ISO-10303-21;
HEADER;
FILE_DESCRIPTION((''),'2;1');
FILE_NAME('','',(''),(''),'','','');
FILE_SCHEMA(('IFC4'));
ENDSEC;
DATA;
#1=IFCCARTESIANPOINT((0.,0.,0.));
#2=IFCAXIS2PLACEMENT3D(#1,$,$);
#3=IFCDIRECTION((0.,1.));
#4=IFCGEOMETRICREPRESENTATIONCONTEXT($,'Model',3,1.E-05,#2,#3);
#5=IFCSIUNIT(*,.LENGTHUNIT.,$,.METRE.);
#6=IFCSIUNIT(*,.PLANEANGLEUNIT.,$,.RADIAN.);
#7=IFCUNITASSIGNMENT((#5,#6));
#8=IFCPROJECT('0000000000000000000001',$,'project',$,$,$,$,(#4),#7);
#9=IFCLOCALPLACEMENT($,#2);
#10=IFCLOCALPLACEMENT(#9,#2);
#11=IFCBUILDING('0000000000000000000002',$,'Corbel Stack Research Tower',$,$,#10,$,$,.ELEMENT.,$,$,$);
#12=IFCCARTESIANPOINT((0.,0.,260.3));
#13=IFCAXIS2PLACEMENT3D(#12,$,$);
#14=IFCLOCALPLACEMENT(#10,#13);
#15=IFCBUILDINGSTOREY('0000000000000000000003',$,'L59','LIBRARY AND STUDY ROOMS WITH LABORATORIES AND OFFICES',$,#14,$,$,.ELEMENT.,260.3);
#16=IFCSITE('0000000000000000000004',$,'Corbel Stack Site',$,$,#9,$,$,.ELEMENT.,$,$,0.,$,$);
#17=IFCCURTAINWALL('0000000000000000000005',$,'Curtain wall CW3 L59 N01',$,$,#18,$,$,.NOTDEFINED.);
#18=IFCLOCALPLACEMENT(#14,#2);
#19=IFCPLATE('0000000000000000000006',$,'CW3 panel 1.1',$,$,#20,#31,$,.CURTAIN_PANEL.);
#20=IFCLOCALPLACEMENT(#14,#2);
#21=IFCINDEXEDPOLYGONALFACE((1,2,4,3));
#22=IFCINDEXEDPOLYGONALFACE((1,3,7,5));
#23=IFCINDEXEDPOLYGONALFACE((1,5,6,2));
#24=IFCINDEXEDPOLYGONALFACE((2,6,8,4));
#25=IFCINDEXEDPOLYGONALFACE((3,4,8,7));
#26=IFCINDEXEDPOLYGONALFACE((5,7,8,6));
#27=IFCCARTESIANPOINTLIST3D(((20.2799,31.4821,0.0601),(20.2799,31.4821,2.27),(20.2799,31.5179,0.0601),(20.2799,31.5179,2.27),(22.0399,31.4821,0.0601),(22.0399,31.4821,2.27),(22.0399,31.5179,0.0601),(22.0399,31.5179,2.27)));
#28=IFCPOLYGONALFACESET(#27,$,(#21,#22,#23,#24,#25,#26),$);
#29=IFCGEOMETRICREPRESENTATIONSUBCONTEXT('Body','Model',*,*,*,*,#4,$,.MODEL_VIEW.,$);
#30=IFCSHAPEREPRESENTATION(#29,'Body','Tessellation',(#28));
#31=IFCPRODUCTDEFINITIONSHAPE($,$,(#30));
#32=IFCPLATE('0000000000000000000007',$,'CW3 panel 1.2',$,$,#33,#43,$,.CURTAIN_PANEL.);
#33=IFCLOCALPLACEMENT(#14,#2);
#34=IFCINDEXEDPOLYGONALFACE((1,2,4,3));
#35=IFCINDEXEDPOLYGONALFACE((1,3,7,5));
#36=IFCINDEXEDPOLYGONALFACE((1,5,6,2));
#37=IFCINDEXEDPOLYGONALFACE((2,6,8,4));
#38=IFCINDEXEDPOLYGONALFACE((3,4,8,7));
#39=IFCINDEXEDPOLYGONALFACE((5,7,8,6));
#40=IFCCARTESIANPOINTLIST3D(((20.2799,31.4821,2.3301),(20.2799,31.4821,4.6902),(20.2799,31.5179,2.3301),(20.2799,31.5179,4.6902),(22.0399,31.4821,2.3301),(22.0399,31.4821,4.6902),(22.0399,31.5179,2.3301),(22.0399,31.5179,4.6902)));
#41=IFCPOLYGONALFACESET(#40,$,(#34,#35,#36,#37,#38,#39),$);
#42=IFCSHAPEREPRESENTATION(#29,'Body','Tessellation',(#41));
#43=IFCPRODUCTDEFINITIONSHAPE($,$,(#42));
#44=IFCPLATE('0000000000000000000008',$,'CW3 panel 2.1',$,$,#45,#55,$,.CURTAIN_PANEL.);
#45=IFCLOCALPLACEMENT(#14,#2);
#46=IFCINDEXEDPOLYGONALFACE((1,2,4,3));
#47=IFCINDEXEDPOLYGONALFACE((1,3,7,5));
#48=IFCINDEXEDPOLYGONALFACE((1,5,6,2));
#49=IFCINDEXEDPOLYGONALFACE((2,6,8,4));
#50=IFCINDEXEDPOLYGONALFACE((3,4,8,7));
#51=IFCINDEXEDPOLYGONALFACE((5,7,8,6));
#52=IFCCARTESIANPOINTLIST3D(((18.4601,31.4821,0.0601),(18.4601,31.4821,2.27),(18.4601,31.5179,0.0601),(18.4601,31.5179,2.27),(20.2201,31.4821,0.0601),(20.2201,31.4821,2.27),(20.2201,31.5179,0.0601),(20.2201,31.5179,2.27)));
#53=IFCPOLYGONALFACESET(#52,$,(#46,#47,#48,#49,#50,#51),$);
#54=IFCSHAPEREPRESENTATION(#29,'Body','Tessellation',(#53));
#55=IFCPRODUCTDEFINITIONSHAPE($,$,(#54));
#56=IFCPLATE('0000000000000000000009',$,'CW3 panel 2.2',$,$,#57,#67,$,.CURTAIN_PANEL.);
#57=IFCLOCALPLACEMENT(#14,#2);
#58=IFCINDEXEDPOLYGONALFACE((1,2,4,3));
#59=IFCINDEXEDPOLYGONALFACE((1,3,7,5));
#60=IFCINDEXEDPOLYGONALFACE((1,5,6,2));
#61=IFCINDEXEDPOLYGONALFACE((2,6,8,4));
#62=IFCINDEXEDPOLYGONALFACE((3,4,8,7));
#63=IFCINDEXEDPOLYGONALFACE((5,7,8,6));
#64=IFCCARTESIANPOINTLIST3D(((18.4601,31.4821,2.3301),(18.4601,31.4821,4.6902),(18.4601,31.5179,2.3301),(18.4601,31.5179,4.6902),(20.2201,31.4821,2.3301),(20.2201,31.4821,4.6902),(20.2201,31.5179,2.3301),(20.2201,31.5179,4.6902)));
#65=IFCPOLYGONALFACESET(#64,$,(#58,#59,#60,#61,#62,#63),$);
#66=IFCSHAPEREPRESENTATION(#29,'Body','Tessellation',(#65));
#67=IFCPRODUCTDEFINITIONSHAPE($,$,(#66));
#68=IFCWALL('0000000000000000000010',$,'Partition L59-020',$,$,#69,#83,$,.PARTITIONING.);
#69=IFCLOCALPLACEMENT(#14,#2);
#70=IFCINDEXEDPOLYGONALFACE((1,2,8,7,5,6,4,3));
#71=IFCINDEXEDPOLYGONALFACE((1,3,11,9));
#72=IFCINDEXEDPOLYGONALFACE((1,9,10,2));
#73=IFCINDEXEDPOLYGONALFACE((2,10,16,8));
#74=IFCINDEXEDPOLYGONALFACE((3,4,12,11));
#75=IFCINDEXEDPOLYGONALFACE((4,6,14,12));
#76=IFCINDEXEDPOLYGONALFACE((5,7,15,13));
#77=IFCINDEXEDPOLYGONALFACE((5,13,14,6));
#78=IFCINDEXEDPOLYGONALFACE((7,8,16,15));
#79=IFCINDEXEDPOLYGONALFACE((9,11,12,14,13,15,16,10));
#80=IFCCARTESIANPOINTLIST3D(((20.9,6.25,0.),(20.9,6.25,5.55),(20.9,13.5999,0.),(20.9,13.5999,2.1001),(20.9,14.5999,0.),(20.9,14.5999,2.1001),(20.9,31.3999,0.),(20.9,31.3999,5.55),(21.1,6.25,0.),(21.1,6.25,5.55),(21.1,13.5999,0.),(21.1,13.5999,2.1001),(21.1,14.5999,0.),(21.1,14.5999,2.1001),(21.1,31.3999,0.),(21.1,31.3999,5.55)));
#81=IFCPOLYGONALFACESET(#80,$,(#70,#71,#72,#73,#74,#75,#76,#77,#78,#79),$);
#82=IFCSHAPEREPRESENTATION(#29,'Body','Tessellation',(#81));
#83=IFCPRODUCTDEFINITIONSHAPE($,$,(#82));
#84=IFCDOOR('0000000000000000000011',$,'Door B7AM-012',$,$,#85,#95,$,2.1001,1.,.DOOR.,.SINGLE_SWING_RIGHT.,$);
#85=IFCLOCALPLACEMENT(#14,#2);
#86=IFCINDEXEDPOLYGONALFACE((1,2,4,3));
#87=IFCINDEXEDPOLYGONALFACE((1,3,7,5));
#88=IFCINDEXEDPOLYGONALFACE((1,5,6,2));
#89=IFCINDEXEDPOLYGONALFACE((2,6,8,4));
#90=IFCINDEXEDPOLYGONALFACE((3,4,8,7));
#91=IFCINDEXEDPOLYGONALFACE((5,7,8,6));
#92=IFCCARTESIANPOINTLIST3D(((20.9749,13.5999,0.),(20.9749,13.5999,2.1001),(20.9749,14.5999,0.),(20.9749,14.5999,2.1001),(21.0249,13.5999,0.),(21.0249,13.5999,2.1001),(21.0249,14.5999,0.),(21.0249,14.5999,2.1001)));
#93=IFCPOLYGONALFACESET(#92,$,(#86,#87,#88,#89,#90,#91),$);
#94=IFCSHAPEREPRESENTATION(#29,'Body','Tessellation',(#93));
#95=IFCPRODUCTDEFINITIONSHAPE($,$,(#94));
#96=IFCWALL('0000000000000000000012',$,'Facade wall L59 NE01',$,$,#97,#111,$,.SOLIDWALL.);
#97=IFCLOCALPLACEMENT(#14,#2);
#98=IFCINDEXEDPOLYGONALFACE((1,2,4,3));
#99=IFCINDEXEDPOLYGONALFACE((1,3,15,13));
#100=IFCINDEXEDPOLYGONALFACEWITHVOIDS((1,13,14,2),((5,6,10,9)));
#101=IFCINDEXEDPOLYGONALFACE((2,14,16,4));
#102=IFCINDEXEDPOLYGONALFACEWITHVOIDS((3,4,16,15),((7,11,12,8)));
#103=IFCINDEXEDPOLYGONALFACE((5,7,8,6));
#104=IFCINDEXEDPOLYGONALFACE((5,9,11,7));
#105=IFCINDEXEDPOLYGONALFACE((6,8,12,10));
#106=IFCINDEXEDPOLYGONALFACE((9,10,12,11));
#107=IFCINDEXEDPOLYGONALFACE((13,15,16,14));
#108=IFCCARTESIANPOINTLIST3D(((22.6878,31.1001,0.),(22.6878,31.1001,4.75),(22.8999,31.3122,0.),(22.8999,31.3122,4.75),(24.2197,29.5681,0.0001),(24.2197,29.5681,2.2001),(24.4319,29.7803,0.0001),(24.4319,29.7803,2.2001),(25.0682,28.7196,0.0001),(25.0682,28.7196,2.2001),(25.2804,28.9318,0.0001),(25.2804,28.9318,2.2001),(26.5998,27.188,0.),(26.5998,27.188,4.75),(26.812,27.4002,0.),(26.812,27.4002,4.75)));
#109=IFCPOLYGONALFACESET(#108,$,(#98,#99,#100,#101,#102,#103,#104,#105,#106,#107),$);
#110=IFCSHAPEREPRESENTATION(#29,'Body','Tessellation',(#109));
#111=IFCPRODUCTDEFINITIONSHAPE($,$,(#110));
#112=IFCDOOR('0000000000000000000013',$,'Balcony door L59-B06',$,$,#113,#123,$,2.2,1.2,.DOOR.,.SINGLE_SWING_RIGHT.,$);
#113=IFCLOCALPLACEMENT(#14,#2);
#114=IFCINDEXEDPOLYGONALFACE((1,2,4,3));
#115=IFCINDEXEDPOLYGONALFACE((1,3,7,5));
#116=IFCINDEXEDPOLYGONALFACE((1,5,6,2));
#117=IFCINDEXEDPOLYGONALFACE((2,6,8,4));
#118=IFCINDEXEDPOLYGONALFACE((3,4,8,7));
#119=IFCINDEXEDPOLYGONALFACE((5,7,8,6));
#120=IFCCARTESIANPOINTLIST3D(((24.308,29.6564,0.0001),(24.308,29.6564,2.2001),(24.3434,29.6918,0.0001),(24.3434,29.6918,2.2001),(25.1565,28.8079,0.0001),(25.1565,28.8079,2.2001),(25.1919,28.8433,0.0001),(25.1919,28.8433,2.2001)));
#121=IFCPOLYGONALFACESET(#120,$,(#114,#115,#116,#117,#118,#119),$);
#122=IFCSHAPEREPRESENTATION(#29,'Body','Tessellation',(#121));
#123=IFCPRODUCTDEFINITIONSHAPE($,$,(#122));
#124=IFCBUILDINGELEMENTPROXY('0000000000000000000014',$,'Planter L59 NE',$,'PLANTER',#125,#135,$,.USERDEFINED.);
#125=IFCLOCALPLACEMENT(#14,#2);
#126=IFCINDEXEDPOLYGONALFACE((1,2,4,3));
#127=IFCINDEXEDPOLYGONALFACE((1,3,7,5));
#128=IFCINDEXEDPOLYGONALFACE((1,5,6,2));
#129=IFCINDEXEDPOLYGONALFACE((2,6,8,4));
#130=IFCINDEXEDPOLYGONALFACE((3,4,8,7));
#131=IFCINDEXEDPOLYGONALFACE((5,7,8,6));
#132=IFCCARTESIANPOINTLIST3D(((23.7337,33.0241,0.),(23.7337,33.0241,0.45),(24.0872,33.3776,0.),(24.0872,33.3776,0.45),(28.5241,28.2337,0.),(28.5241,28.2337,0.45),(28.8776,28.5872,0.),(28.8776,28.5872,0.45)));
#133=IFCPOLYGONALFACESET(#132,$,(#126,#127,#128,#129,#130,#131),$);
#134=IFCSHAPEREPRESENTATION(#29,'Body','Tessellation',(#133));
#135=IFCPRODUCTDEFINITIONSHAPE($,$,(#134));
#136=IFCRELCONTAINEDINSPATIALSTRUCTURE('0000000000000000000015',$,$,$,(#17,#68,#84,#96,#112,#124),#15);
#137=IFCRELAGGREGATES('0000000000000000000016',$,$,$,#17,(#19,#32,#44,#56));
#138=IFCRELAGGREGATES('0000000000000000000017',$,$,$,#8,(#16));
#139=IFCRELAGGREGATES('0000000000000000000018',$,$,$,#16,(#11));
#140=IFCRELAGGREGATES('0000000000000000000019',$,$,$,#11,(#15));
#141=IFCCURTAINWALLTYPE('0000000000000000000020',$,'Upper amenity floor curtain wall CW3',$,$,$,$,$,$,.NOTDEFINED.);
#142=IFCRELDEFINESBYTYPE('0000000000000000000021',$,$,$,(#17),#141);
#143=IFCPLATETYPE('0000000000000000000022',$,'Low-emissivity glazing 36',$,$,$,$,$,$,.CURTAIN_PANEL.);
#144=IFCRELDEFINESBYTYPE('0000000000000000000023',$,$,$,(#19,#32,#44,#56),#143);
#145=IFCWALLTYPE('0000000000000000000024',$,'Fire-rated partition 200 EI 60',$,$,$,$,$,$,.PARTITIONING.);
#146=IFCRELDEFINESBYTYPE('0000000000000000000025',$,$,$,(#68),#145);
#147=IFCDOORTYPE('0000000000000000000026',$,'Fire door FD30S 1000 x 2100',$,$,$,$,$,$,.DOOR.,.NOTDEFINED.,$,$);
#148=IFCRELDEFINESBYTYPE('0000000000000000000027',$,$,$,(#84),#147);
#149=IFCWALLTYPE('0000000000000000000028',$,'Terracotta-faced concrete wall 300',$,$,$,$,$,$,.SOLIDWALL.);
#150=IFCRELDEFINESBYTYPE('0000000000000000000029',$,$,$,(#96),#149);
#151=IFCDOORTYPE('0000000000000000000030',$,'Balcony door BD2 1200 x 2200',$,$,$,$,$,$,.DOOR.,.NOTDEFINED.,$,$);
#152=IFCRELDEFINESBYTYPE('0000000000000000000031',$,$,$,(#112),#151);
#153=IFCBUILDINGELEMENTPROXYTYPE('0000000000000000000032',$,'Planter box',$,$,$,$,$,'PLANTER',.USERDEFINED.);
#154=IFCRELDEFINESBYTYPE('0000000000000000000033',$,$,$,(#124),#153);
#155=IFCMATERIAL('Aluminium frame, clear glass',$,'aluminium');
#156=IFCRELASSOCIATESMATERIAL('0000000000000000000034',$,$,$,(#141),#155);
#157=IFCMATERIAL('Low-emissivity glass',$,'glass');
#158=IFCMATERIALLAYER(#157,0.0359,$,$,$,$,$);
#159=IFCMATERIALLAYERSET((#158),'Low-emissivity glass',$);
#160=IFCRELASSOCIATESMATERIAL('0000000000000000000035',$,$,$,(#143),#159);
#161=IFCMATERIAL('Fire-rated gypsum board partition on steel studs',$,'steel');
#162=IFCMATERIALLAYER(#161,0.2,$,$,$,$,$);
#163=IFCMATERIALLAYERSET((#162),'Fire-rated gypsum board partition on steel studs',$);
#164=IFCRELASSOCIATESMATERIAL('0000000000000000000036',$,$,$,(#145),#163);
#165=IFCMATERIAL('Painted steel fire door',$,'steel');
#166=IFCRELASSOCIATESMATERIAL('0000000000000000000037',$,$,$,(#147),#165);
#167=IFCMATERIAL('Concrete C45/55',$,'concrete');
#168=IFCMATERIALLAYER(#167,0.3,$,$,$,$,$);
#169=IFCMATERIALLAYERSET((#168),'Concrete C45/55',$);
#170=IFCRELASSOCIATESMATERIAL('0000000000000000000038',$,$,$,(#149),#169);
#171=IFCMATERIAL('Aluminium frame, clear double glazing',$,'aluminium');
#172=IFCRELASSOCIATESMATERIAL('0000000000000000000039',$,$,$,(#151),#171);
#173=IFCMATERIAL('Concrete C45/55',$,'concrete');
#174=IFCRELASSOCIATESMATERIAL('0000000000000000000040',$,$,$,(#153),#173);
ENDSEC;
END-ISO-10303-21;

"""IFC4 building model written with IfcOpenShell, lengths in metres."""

from ifc_helpers import new_model, si_unit, direction, frame, frame_2d, origin, origin_2d, place, context, subcontext, project, spatial, rectangle, extrude, material, layer, layer_set, type_object, element, fill, aggregate, save


model = new_model("IFC4")

# Units and contexts
model_context = context("Model", 3, precision=1e-05, world=origin(), true_north=direction((0.0, 1.0)))
body_context = subcontext(model_context, "Body", "Model", "MODEL_VIEW")
ifc_project = project(units=[si_unit("LENGTHUNIT", "METRE"), si_unit("PLANEANGLEUNIT", "RADIAN")], contexts=[model_context])

# Site, building, storey
site_placement = place(None, origin())
site = spatial("IfcSite", under=ifc_project, at=site_placement, Name="Corbel Stack Site", CompositionType="ELEMENT", RefElevation=0.0)
building_placement = place(site_placement, origin())
building = spatial("IfcBuilding", under=site, at=building_placement, Name="Corbel Stack Research Tower", CompositionType="ELEMENT")
storey_placement = place(building_placement, frame((0.0, 0.0, 260.3)))
storey = spatial("IfcBuildingStorey", under=building, at=storey_placement, Name="L59", Description="LIBRARY AND STUDY ROOMS WITH LABORATORIES AND OFFICES", CompositionType="ELEMENT", Elevation=260.3)

# Shared definitions
ifc_material_1 = material(Name="Aluminium frame, clear glass", Category="aluminium")
curtain_wall_type = type_object("IfcCurtainWallType", Name="Upper amenity floor curtain wall CW3", PredefinedType="NOTDEFINED", material=ifc_material_1)

# Curtain wall
curtain_wall_1_placement = place(storey_placement, origin())
curtain_wall_1 = element("IfcCurtainWall", 1, at=curtain_wall_1_placement, inside=storey, type_object=curtain_wall_type, Name="Curtain wall CW3 L59 N01", PredefinedType="NOTDEFINED")

# Plates
ifc_material_2 = material(Name="Low-emissivity glass", Category="glass")
ifc_layer_1 = layer(ifc_material_2, 0.0359)
ifc_layer_set_1 = layer_set([ifc_layer_1], Name="Low-emissivity glass")
plate_type = type_object("IfcPlateType", Name="Low-emissivity glazing 36", PredefinedType="CURTAIN_PANEL", material=ifc_layer_set_1)
plate_1_placement = place(storey_placement, frame((21.1599, 31.5, 0.0601), z_axis=(0.0, 0.0, 1.0), x_axis=(-1.0, 0.0, 0.0)))
plate_1 = element("IfcPlate", 2, at=plate_1_placement, type_object=plate_type, Name="CW3 panel 1.1", PredefinedType="CURTAIN_PANEL", context=body_context, shape_type="SweptSolid", body=[
    extrude(rectangle(XDim=1.76, YDim=0.0359, at=origin_2d()), origin(), (0.0, 0.0, 1.0), 2.21),
])
plate_2_placement = place(storey_placement, frame((21.1599, 31.5, 2.3301), z_axis=(0.0, 0.0, 1.0), x_axis=(-1.0, 0.0, 0.0)))
plate_2 = element("IfcPlate", 3, at=plate_2_placement, type_object=plate_type, Name="CW3 panel 1.2", PredefinedType="CURTAIN_PANEL", context=body_context, shape_type="SweptSolid", body=[
    extrude(rectangle(XDim=1.76, YDim=0.0359, at=origin_2d()), origin(), (0.0, 0.0, 1.0), 2.3601),
])
plate_3_placement = place(storey_placement, frame((19.3401, 31.5, 0.0601), z_axis=(0.0, 0.0, 1.0), x_axis=(-1.0, 0.0, 0.0)))
plate_3 = element("IfcPlate", 4, at=plate_3_placement, type_object=plate_type, Name="CW3 panel 2.1", PredefinedType="CURTAIN_PANEL", context=body_context, shape_type="SweptSolid", body=[
    extrude(rectangle(XDim=1.76, YDim=0.0359, at=origin_2d()), origin(), (0.0, 0.0, 1.0), 2.21),
])
plate_4_placement = place(storey_placement, frame((19.3401, 31.5, 2.3301), z_axis=(0.0, 0.0, 1.0), x_axis=(-1.0, 0.0, 0.0)))
plate_4 = element("IfcPlate", 5, at=plate_4_placement, type_object=plate_type, Name="CW3 panel 2.2", PredefinedType="CURTAIN_PANEL", context=body_context, shape_type="SweptSolid", body=[
    extrude(rectangle(XDim=1.76, YDim=0.0359, at=origin_2d()), origin(), (0.0, 0.0, 1.0), 2.3601),
])
aggregate(curtain_wall_1, [plate_1, plate_2, plate_3, plate_4])

# Walls, openings, doors
ifc_material_3 = material(Name="Fire-rated gypsum board partition on steel studs", Category="steel")
ifc_layer_2 = layer(ifc_material_3, 0.2)
ifc_layer_set_2 = layer_set([ifc_layer_2], Name="Fire-rated gypsum board partition on steel studs")
wall_type_1 = type_object("IfcWallType", Name="Fire-rated partition 200 EI 60", PredefinedType="PARTITIONING", material=ifc_layer_set_2)
wall_1_placement = place(storey_placement, frame((21.0, 31.3999, 0.0), z_axis=(0.0, 0.0, 1.0), x_axis=(0.0, -1.0, 0.0)))
wall_1 = element("IfcWall", 6, at=wall_1_placement, inside=storey, type_object=wall_type_1, Name="Partition L59-020", PredefinedType="PARTITIONING", context=body_context, shape_type="SweptSolid", body=[
    extrude(rectangle(XDim=25.1499, YDim=0.2, at=frame_2d((12.575, 0.0))), origin(), (0.0, 0.0, 1.0), 5.55),
])
opening_1_placement = place(wall_1_placement, frame((16.8, 0.0, 0.0)))
opening_1 = element("IfcOpeningElement", 7, at=opening_1_placement, cuts=wall_1, PredefinedType="OPENING", context=body_context, shape_type="SweptSolid", body=[
    extrude(rectangle(XDim=1.0, YDim=2.1001, at=frame_2d((0.5, 1.05))), frame((0.0, 0.1099, 0.0), z_axis=(0.0, -1.0, 0.0), x_axis=(1.0, 0.0, 0.0)), (0.0, 0.0, 1.0), 0.22),
])
ifc_material_4 = material(Name="Painted steel fire door", Category="steel")
door_type_1 = type_object("IfcDoorType", Name="Fire door FD30S 1000 x 2100", OperationType="NOTDEFINED", PredefinedType="DOOR", material=ifc_material_4)
door_1_placement = place(opening_1_placement, origin())
door_1 = element("IfcDoor", 8, at=door_1_placement, inside=storey, type_object=door_type_1, Name="Door B7AM-012", OperationType="SINGLE_SWING_RIGHT", OverallHeight=2.1001, OverallWidth=1.0, PredefinedType="DOOR", context=body_context, shape_type="SweptSolid", body=[
    extrude(rectangle(XDim=1.0, YDim=2.1001, at=frame_2d((0.5, 1.05))), frame((0.0, 0.0249, 0.0), z_axis=(0.0, -1.0, 0.0), x_axis=(1.0, 0.0, 0.0)), (0.0, 0.0, 1.0), 0.05),
])
fill(opening_1, door_1)
ifc_material_5 = material(Name="Concrete C45/55", Category="concrete")
ifc_layer_3 = layer(ifc_material_5, 0.3)
ifc_layer_set_3 = layer_set([ifc_layer_3], Name="Concrete C45/55")
wall_type_2 = type_object("IfcWallType", Name="Terracotta-faced concrete wall 300", PredefinedType="SOLIDWALL", material=ifc_layer_set_3)
wall_2_placement = place(storey_placement, frame((22.7939, 31.2061, 0.0), z_axis=(0.0, 0.0, 1.0), x_axis=(0.707107, -0.707107, 0.0)))
wall_2 = element("IfcWall", 9, at=wall_2_placement, inside=storey, type_object=wall_type_2, Name="Facade wall L59 NE01", PredefinedType="SOLIDWALL", context=body_context, shape_type="SweptSolid", body=[
    extrude(rectangle(XDim=5.5325, YDim=0.3, at=frame_2d((2.7661, 0.0))), origin(), (0.0, 0.0, 1.0), 4.75),
])
opening_2_placement = place(wall_2_placement, frame((2.1663, 0.0, 0.0)))
opening_2 = element("IfcOpeningElement", 10, at=opening_2_placement, cuts=wall_2, PredefinedType="OPENING", context=body_context, shape_type="SweptSolid", body=[
    extrude(rectangle(XDim=1.2, YDim=2.2, at=frame_2d((0.6001, 1.1001))), frame((0.0, 0.1599, 0.0), z_axis=(0.0, -1.0, 0.0), x_axis=(1.0, 0.0, 0.0)), (0.0, 0.0, 1.0), 0.3201),
])
ifc_material_6 = material(Name="Aluminium frame, clear double glazing", Category="aluminium")
door_type_2 = type_object("IfcDoorType", Name="Balcony door BD2 1200 x 2200", OperationType="NOTDEFINED", PredefinedType="DOOR", material=ifc_material_6)
door_2_placement = place(opening_2_placement, origin())
door_2 = element("IfcDoor", 11, at=door_2_placement, inside=storey, type_object=door_type_2, Name="Balcony door L59-B06", OperationType="SINGLE_SWING_RIGHT", OverallHeight=2.2, OverallWidth=1.2, PredefinedType="DOOR", context=body_context, shape_type="SweptSolid", body=[
    extrude(rectangle(XDim=1.2, YDim=2.2, at=frame_2d((0.6001, 1.1001))), frame((0.0, 0.0249, 0.0), z_axis=(0.0, -1.0, 0.0), x_axis=(1.0, 0.0, 0.0)), (0.0, 0.0, 1.0), 0.05),
])
fill(opening_2, door_2)

# Building element proxy
ifc_material_7 = material(Name="Concrete C45/55", Category="concrete")
building_element_proxy_type = type_object("IfcBuildingElementProxyType", Name="Planter box", ElementType="PLANTER", PredefinedType="USERDEFINED", material=ifc_material_7)
proxy_placement = place(storey_placement, frame((26.3057, 30.8057, 0.0), z_axis=(0.0, 0.0, 1.0), x_axis=(-0.707107, 0.707107, 0.0)))
element("IfcBuildingElementProxy", 12, at=proxy_placement, inside=storey, type_object=building_element_proxy_type, Name="Planter L59 NE", ObjectType="PLANTER", PredefinedType="USERDEFINED", context=body_context, shape_type="SweptSolid", body=[
    extrude(rectangle(XDim=6.7747, YDim=0.5, at=origin_2d()), origin(), (0.0, 0.0, 1.0), 0.45),
])

save(model, "model.ifc")
